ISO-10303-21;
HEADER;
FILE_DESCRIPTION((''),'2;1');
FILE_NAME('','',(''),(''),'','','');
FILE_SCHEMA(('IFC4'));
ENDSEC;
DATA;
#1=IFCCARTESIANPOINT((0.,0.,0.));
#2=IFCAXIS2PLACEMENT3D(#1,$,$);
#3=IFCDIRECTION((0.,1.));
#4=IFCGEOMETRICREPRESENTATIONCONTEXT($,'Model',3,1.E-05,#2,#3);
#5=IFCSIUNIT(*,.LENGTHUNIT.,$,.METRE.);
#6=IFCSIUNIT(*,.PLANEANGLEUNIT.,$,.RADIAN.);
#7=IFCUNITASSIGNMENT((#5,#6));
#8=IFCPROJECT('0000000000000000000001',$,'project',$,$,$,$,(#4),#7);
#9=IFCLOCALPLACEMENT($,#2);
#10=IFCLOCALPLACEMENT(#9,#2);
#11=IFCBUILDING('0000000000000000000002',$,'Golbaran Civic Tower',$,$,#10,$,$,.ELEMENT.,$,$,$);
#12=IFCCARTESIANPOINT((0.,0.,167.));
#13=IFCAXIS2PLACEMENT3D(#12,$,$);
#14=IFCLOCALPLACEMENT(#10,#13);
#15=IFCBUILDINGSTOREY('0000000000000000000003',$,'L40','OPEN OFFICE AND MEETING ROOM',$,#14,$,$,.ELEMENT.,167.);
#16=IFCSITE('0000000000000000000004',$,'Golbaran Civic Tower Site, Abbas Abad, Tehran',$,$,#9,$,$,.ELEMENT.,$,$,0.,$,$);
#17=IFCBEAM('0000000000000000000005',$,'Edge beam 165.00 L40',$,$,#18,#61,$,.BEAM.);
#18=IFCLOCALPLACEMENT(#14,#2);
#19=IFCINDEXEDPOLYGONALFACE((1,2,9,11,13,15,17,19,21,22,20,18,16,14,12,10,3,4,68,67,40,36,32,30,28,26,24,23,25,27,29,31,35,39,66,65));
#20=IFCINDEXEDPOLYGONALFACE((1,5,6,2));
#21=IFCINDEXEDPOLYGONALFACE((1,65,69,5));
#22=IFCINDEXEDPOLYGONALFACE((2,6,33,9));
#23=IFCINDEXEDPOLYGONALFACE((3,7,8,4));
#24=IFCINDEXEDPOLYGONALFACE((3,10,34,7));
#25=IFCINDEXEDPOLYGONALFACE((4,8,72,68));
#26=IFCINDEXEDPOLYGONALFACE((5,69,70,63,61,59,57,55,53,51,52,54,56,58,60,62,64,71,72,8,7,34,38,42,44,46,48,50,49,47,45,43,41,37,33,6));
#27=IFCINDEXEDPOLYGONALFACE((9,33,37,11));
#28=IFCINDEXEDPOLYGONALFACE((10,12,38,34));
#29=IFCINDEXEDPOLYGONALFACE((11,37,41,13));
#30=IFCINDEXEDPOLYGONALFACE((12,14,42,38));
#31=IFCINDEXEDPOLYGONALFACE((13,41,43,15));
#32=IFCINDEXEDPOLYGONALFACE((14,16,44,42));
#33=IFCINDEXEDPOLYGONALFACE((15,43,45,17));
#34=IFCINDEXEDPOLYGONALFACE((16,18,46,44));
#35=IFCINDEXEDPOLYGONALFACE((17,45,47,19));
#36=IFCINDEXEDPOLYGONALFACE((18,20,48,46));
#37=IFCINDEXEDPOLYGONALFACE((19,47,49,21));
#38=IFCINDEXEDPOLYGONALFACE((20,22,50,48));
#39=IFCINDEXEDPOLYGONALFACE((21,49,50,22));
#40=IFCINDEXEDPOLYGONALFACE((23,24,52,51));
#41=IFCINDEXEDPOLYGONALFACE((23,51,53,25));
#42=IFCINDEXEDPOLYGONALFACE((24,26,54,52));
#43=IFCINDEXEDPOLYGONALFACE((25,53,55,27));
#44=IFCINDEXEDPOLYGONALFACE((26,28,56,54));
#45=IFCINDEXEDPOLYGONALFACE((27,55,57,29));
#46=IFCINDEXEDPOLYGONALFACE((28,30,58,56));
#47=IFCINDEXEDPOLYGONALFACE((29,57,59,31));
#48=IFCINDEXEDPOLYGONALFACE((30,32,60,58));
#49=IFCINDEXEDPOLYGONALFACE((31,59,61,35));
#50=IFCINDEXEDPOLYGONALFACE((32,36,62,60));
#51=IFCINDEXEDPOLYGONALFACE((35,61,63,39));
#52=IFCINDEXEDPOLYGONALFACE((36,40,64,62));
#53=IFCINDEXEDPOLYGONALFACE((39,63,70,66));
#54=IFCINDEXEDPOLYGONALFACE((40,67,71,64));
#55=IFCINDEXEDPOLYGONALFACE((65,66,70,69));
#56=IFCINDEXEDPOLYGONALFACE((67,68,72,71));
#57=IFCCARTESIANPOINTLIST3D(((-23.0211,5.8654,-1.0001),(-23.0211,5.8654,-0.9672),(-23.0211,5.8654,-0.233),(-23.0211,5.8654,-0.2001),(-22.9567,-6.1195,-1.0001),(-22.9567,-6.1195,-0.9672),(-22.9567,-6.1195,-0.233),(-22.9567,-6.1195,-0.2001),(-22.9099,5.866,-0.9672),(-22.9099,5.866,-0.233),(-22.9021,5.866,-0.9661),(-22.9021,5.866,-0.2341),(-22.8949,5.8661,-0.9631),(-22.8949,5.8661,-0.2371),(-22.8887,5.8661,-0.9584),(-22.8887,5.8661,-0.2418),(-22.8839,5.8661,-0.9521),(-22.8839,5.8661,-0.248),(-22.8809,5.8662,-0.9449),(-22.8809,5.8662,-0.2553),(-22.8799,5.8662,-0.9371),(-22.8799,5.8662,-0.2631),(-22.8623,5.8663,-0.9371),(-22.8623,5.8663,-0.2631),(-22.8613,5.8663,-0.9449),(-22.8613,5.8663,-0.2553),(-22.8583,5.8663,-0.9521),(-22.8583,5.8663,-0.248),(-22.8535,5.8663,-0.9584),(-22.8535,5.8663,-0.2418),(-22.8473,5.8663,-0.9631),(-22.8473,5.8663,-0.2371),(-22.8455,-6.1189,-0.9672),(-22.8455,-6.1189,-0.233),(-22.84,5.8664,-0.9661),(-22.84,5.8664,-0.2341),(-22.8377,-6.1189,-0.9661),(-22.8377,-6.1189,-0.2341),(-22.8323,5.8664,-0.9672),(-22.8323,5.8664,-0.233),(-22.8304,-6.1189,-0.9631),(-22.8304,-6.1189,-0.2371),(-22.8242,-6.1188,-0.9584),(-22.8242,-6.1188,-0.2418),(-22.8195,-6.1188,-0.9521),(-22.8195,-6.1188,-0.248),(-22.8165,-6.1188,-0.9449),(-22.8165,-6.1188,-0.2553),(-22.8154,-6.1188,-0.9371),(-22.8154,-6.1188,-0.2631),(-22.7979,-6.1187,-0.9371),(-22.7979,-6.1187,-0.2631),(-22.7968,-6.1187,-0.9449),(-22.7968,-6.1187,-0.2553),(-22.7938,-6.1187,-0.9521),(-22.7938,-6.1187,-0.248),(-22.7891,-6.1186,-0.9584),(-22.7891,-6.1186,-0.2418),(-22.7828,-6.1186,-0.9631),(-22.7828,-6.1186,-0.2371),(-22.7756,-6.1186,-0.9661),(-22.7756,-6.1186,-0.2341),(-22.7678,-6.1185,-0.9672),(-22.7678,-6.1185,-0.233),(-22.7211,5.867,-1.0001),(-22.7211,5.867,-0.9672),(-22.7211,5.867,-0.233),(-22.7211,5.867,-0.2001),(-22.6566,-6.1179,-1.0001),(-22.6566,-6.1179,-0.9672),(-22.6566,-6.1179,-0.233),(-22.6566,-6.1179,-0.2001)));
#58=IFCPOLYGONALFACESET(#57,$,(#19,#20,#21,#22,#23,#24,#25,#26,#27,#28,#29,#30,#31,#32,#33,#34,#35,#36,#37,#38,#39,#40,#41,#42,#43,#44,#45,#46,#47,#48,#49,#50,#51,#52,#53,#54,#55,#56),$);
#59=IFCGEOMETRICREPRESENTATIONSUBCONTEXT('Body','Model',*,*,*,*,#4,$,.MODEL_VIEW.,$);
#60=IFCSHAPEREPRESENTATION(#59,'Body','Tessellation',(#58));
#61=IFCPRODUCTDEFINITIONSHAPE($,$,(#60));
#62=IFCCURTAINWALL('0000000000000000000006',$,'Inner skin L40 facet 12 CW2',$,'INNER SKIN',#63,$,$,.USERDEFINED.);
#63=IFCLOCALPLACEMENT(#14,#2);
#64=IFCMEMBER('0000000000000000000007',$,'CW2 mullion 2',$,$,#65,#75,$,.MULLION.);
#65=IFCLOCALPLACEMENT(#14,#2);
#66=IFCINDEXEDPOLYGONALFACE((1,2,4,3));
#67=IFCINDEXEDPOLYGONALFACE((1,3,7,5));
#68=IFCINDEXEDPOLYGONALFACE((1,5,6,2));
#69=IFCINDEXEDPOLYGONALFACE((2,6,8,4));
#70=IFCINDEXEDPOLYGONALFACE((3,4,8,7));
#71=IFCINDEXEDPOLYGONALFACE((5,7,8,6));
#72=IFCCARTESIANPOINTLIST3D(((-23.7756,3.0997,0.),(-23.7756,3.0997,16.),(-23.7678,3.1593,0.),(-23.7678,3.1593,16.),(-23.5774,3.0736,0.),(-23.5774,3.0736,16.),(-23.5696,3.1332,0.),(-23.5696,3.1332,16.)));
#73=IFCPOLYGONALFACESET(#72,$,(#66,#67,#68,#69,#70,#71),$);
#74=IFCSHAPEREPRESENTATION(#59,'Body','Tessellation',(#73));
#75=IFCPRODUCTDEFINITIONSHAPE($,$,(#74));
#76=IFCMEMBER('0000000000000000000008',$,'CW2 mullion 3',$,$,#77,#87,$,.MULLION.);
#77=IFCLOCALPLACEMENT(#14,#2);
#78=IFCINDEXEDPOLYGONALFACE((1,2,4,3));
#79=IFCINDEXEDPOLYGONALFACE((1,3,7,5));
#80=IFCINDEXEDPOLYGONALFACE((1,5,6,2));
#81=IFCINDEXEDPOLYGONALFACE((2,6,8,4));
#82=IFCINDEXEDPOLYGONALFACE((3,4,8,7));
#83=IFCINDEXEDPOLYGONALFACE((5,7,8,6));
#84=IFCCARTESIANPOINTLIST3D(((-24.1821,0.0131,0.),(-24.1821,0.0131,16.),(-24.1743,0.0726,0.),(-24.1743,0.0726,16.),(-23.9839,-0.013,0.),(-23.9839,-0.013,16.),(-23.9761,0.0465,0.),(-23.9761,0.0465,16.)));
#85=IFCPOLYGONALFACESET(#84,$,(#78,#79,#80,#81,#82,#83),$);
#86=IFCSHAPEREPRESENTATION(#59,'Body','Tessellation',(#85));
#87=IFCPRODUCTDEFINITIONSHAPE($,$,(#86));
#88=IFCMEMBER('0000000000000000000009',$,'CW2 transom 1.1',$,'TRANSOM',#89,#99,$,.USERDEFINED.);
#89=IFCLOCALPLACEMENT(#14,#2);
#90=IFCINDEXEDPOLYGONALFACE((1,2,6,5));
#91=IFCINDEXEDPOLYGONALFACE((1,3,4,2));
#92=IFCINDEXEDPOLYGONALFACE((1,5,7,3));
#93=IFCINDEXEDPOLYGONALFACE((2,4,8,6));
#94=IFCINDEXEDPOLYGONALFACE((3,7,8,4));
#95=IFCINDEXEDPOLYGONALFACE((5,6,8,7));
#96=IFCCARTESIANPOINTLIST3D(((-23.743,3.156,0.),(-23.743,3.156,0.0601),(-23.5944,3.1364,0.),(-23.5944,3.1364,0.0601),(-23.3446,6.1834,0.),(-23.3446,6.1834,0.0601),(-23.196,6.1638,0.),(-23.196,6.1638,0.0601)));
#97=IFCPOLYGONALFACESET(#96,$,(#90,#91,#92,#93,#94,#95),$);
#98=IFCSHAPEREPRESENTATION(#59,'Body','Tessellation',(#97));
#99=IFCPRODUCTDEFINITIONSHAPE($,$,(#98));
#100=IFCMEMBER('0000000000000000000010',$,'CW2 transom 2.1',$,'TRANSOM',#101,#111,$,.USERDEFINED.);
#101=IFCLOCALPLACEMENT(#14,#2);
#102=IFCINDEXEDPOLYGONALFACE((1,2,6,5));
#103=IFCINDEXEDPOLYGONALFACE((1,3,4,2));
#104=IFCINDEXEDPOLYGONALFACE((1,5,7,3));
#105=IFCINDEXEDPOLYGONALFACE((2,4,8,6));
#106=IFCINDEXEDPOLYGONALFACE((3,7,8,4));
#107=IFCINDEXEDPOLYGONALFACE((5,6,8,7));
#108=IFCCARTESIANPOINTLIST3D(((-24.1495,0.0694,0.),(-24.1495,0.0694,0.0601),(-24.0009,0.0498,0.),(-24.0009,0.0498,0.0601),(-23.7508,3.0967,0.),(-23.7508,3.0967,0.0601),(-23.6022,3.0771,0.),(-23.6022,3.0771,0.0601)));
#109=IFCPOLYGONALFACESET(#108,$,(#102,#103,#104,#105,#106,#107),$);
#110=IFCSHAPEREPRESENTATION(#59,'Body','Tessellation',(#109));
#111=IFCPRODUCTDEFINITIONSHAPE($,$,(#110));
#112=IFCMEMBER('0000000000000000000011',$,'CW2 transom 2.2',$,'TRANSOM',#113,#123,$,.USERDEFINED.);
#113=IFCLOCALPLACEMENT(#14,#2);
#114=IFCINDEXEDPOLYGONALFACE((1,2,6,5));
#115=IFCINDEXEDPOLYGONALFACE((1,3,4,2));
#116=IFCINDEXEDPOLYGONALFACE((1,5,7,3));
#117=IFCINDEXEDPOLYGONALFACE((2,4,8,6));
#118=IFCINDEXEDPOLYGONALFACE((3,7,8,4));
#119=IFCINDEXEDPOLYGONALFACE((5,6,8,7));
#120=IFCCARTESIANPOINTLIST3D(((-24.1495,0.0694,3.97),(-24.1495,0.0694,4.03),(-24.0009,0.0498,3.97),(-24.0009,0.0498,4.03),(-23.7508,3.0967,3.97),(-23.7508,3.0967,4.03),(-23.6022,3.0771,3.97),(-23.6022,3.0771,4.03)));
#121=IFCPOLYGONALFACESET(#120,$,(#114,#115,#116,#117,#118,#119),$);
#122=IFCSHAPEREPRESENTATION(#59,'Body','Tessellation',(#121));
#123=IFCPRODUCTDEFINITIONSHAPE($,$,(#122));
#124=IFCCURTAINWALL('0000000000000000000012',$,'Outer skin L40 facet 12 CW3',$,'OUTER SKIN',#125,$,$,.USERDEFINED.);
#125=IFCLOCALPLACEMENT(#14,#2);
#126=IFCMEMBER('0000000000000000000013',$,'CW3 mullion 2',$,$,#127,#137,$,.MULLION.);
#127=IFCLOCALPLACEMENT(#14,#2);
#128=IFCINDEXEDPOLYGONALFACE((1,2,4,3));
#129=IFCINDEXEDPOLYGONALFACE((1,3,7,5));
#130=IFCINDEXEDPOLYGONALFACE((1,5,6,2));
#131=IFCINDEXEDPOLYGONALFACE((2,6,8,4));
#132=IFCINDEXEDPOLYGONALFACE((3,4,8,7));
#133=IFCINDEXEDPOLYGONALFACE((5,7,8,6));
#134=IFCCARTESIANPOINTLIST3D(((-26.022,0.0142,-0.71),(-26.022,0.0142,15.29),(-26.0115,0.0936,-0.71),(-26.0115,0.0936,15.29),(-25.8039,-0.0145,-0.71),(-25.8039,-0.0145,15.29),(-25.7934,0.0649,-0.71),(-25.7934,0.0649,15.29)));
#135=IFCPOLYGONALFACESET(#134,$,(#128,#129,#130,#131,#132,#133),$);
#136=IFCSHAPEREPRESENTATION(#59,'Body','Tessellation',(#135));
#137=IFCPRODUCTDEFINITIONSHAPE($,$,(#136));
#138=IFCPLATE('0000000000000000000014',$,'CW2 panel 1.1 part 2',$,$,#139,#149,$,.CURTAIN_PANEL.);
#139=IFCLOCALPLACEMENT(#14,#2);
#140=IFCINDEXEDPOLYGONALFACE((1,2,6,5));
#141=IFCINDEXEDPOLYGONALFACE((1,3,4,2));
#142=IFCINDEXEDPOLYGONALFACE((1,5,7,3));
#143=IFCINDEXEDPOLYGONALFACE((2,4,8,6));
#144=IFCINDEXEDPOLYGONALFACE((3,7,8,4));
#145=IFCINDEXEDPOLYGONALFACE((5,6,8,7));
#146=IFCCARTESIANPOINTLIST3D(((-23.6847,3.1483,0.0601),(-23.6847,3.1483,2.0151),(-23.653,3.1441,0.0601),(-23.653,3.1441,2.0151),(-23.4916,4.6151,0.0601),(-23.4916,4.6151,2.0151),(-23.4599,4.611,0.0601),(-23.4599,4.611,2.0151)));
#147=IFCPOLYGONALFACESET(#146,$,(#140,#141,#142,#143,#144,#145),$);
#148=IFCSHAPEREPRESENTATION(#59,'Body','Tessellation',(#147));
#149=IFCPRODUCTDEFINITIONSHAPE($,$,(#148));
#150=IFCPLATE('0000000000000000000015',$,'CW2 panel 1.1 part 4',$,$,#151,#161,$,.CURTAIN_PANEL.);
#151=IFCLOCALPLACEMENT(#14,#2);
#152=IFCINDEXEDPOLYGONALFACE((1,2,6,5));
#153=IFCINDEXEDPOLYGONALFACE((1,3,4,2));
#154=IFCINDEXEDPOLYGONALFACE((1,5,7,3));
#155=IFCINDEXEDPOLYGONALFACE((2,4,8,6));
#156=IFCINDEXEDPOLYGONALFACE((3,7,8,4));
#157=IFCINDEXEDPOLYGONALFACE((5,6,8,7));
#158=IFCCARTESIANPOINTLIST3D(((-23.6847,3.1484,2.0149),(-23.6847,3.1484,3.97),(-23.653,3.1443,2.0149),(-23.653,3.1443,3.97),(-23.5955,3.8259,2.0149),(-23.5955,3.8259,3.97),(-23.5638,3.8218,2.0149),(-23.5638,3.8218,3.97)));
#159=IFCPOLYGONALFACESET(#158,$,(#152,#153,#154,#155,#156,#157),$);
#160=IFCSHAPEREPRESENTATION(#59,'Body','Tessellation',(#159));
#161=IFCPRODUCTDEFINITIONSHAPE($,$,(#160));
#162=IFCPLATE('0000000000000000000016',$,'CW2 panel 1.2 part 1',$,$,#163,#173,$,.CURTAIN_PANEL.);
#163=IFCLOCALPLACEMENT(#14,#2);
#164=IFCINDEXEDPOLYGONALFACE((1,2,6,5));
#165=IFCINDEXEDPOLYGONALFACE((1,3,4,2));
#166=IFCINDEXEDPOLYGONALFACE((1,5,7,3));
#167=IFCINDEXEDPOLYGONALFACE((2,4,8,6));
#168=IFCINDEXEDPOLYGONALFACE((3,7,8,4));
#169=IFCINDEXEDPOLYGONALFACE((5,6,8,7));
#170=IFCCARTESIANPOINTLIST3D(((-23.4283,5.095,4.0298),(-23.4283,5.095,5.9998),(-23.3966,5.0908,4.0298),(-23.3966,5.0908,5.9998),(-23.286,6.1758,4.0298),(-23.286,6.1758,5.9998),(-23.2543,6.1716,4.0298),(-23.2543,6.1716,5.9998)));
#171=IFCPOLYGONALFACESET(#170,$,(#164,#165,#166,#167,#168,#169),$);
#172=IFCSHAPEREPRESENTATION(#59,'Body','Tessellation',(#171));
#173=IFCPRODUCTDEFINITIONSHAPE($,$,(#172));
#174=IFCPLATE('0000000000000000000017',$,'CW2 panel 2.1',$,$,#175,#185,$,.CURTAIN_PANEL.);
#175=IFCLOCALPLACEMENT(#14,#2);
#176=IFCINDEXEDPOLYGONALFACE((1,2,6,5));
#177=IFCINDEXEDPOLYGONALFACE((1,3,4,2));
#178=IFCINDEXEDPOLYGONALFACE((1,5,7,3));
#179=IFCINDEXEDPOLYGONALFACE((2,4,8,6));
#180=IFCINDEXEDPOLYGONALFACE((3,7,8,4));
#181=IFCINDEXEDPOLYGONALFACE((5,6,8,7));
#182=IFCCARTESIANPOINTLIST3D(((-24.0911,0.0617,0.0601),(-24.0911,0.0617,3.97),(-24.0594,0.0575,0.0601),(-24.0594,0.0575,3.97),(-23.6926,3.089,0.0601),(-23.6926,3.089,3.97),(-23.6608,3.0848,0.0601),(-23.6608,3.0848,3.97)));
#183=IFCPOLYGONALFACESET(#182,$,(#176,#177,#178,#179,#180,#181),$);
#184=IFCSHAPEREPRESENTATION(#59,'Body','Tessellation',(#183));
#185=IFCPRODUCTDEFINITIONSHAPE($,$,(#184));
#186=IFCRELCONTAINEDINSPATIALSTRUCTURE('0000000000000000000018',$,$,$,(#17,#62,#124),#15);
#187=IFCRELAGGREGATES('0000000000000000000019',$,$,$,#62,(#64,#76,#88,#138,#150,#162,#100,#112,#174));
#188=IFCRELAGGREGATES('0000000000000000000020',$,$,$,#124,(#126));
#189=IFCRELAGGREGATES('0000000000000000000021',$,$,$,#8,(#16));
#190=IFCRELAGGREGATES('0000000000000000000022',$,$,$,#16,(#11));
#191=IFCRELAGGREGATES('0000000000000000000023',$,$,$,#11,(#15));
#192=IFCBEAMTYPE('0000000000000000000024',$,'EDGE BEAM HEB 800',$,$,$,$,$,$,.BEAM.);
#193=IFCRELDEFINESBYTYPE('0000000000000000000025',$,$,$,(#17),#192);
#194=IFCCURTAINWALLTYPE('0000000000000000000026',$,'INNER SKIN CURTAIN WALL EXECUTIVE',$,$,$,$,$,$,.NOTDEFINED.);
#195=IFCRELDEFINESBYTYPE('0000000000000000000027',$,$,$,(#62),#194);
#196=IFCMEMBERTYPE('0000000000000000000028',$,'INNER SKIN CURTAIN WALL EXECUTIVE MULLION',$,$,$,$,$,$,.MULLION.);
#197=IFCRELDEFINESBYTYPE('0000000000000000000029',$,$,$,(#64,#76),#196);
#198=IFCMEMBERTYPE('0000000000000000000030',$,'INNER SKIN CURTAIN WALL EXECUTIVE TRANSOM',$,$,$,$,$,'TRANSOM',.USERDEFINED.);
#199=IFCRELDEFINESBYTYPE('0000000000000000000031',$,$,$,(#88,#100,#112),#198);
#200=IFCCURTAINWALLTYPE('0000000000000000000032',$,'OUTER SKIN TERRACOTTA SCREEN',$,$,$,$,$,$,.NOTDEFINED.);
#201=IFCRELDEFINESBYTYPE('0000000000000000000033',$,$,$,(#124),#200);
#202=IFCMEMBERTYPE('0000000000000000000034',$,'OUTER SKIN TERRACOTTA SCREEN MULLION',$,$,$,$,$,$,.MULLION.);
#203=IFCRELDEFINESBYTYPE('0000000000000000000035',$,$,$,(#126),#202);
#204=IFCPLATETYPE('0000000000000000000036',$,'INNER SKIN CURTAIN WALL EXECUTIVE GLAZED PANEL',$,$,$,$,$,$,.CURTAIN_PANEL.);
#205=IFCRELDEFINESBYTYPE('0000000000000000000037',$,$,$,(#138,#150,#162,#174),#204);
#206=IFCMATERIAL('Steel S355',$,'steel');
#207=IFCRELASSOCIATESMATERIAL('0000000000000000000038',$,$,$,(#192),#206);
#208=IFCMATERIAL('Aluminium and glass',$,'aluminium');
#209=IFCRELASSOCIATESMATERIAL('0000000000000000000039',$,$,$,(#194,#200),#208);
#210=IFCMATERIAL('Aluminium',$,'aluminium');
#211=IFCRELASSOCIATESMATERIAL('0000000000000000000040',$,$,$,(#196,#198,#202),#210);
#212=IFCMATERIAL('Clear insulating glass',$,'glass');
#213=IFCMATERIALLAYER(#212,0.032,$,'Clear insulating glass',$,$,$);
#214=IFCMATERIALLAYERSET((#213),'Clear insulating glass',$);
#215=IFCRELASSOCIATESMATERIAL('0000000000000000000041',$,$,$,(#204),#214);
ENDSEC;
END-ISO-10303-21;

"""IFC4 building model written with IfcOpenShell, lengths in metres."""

from ifc_helpers import new_model, si_unit, direction, frame, origin, origin_2d, place, context, subcontext, project, spatial, rectangle, i_section, extrude, material, layer, layer_set, material_profile, profile_set, type_object, element, aggregate, save


model = new_model("IFC4")

# Units and contexts
model_context = context("Model", 3, precision=1e-05, world=origin(), true_north=direction((0.0, 1.0)))
body_context = subcontext(model_context, "Body", "Model", "MODEL_VIEW")
ifc_project = project(units=[si_unit("LENGTHUNIT", "METRE"), si_unit("PLANEANGLEUNIT", "RADIAN")], contexts=[model_context])

# Site, building, storey
site_placement = place(None, origin())
site = spatial("IfcSite", under=ifc_project, at=site_placement, Name="Golbaran Civic Tower Site, Abbas Abad, Tehran", CompositionType="ELEMENT", RefElevation=0.0)
building_placement = place(site_placement, origin())
building = spatial("IfcBuilding", under=site, at=building_placement, Name="Golbaran Civic Tower", CompositionType="ELEMENT")
storey_placement = place(building_placement, frame((0.0, 0.0, 167.0)))
storey = spatial("IfcBuildingStorey", under=building, at=storey_placement, Name="L40", Description="OPEN OFFICE AND MEETING ROOM", CompositionType="ELEMENT", Elevation=167.0)

# Beam
ifc_material_1 = material(Name="Steel S355", Category="steel")
ifc_material_profile_1 = material_profile(ifc_material_1, i_section(OverallWidth=0.3, OverallDepth=0.8, WebThickness=0.0176, FlangeThickness=0.033, FilletRadius=0.03, at=origin_2d()), Name="HEB 800")
ifc_profile_set_1 = profile_set([ifc_material_profile_1], Name="Steel S355")
beam_type = type_object("IfcBeamType", Name="EDGE BEAM HEB 800", PredefinedType="BEAM", material=ifc_profile_set_1)
beam_placement = place(storey_placement, frame((-22.8711, 5.8662, -0.6001), z_axis=(0.005378, -0.999986, 0.0), x_axis=(0.999986, 0.005378, 0.0)))
element("IfcBeam", 1, at=beam_placement, inside=storey, type_object=beam_type, Name="Edge beam 165.00 L40", PredefinedType="BEAM", context=body_context, shape_type="SweptSolid", body=[
    extrude(i_section(OverallWidth=0.3, OverallDepth=0.8, WebThickness=0.0176, FlangeThickness=0.033, FilletRadius=0.03, at=origin_2d()), origin(), (0.0, 0.0, 1.0), 11.9851),
])

# Curtain wall, members
ifc_material_2 = material(Name="Aluminium and glass", Category="aluminium")
curtain_wall_type_1 = type_object("IfcCurtainWallType", Name="INNER SKIN CURTAIN WALL EXECUTIVE", PredefinedType="NOTDEFINED", material=ifc_material_2)
curtain_wall_1_placement = place(storey_placement, origin())
curtain_wall_1 = element("IfcCurtainWall", 2, at=curtain_wall_1_placement, inside=storey, type_object=curtain_wall_type_1, Name="Inner skin L40 facet 12 CW2", ObjectType="INNER SKIN", PredefinedType="USERDEFINED")
ifc_material_3 = material(Name="Aluminium", Category="aluminium")
ifc_material_profile_2 = material_profile(ifc_material_3, rectangle(XDim=0.2, YDim=0.0601, at=origin_2d()), Name="INNER SKIN CURTAIN WALL EXECUTIVE MULLION")
ifc_profile_set_2 = profile_set([ifc_material_profile_2], Name="Aluminium")
member_type_1 = type_object("IfcMemberType", Name="INNER SKIN CURTAIN WALL EXECUTIVE MULLION", PredefinedType="MULLION", material=ifc_profile_set_2)
member_1_placement = place(storey_placement, frame((-23.6726, 3.1165, 0.0), z_axis=(0.0, 0.0, 1.0), x_axis=(0.991445, -0.130526, 0.0)))
member_1 = element("IfcMember", 3, at=member_1_placement, type_object=member_type_1, Name="CW2 mullion 2", PredefinedType="MULLION", context=body_context, shape_type="SweptSolid", body=[
    extrude(rectangle(XDim=0.2, YDim=0.0601, at=origin_2d()), origin(), (0.0, 0.0, 1.0), 16.0),
])
member_2_placement = place(storey_placement, frame((-24.0791, 0.0298, 0.0), z_axis=(0.0, 0.0, 1.0), x_axis=(0.991445, -0.130526, 0.0)))
member_2 = element("IfcMember", 4, at=member_2_placement, type_object=member_type_1, Name="CW2 mullion 3", PredefinedType="MULLION", context=body_context, shape_type="SweptSolid", body=[
    extrude(rectangle(XDim=0.2, YDim=0.0601, at=origin_2d()), origin(), (0.0, 0.0, 1.0), 16.0),
])
ifc_material_profile_3 = material_profile(ifc_material_3, rectangle(XDim=0.1499, YDim=0.0601, at=origin_2d()), Name="INNER SKIN CURTAIN WALL EXECUTIVE TRANSOM")
ifc_profile_set_3 = profile_set([ifc_material_profile_3], Name="Aluminium")
member_type_2 = type_object("IfcMemberType", Name="INNER SKIN CURTAIN WALL EXECUTIVE TRANSOM", ElementType="TRANSOM", PredefinedType="USERDEFINED", material=ifc_profile_set_3)
member_3_placement = place(storey_placement, frame((-23.2703, 6.1736, 0.03), z_axis=(-0.130488, -0.99145, 0.0), x_axis=(0.99145, -0.130488, 0.0)))
member_3 = element("IfcMember", 5, at=member_3_placement, type_object=member_type_2, Name="CW2 transom 1.1", ObjectType="TRANSOM", PredefinedType="USERDEFINED", context=body_context, shape_type="SweptSolid", body=[
    extrude(rectangle(XDim=0.1499, YDim=0.0601, at=origin_2d()), origin(), (0.0, 0.0, 1.0), 3.0535),
])
member_4_placement = place(storey_placement, frame((-23.6765, 3.0869, 0.03), z_axis=(-0.130566, -0.99144, 0.0), x_axis=(0.99144, -0.130566, 0.0)))
member_4 = element("IfcMember", 6, at=member_4_placement, type_object=member_type_2, Name="CW2 transom 2.1", ObjectType="TRANSOM", PredefinedType="USERDEFINED", context=body_context, shape_type="SweptSolid", body=[
    extrude(rectangle(XDim=0.1499, YDim=0.0601, at=origin_2d()), origin(), (0.0, 0.0, 1.0), 3.0535),
])
member_5_placement = place(storey_placement, frame((-23.6765, 3.0869, 4.0), z_axis=(-0.130566, -0.99144, 0.0), x_axis=(0.99144, -0.130566, 0.0)))
member_5 = element("IfcMember", 7, at=member_5_placement, type_object=member_type_2, Name="CW2 transom 2.2", ObjectType="TRANSOM", PredefinedType="USERDEFINED", context=body_context, shape_type="SweptSolid", body=[
    extrude(rectangle(XDim=0.1499, YDim=0.0601, at=origin_2d()), origin(), (0.0, 0.0, 1.0), 3.0535),
])

# Curtain wall, member
curtain_wall_type_2 = type_object("IfcCurtainWallType", Name="OUTER SKIN TERRACOTTA SCREEN", PredefinedType="NOTDEFINED", material=ifc_material_2)
curtain_wall_2_placement = place(storey_placement, origin())
curtain_wall_2 = element("IfcCurtainWall", 8, at=curtain_wall_2_placement, inside=storey, type_object=curtain_wall_type_2, Name="Outer skin L40 facet 12 CW3", ObjectType="OUTER SKIN", PredefinedType="USERDEFINED")
ifc_material_profile_4 = material_profile(ifc_material_3, rectangle(XDim=0.22, YDim=0.0801, at=origin_2d()), Name="OUTER SKIN TERRACOTTA SCREEN MULLION")
ifc_profile_set_4 = profile_set([ifc_material_profile_4], Name="Aluminium")
member_type_3 = type_object("IfcMemberType", Name="OUTER SKIN TERRACOTTA SCREEN MULLION", PredefinedType="MULLION", material=ifc_profile_set_4)
member_6_placement = place(storey_placement, frame((-25.9077, 0.0396, -0.71), z_axis=(0.0, 0.0, 1.0), x_axis=(0.991445, -0.130526, 0.0)))
member_6 = element("IfcMember", 9, at=member_6_placement, type_object=member_type_3, Name="CW3 mullion 2", PredefinedType="MULLION", context=body_context, shape_type="SweptSolid", body=[
    extrude(rectangle(XDim=0.22, YDim=0.0801, at=origin_2d()), origin(), (0.0, 0.0, 1.0), 16.0),
])

# Plates
ifc_material_4 = material(Name="Clear insulating glass", Category="glass")
ifc_layer_1 = layer(ifc_material_4, 0.032, Name="Clear insulating glass")
ifc_layer_set_1 = layer_set([ifc_layer_1], Name="Clear insulating glass")
plate_type_1 = type_object("IfcPlateType", Name="INNER SKIN CURTAIN WALL EXECUTIVE GLAZED PANEL", PredefinedType="CURTAIN_PANEL", material=ifc_layer_set_1)
plate_1_placement = place(storey_placement, frame((-23.5723, 3.8796, 0.0601), z_axis=(0.0, 0.0, 1.0), x_axis=(-0.130526, -0.991445, 0.0)))
plate_1 = element("IfcPlate", 10, at=plate_1_placement, type_object=plate_type_1, Name="CW2 panel 1.1 part 2", PredefinedType="CURTAIN_PANEL", context=body_context, shape_type="SweptSolid", body=[
    extrude(rectangle(XDim=1.4795, YDim=0.032, at=origin_2d()), origin(), (0.0, 0.0, 1.0), 1.9551),
])
plate_2_placement = place(storey_placement, frame((-23.6243, 3.4851, 2.0149), z_axis=(0.0, 0.0, 1.0), x_axis=(-0.130526, -0.991445, 0.0)))
plate_2 = element("IfcPlate", 11, at=plate_2_placement, type_object=plate_type_1, Name="CW2 panel 1.1 part 4", PredefinedType="CURTAIN_PANEL", context=body_context, shape_type="SweptSolid", body=[
    extrude(rectangle(XDim=0.6833, YDim=0.032, at=origin_2d()), origin(), (0.0, 0.0, 1.0), 1.9551),
])
plate_3_placement = place(storey_placement, frame((-23.3413, 5.6333, 4.0298), z_axis=(0.0, 0.0, 1.0), x_axis=(-0.130526, -0.991445, 0.0)))
plate_3 = element("IfcPlate", 12, at=plate_3_placement, type_object=plate_type_1, Name="CW2 panel 1.2 part 1", PredefinedType="CURTAIN_PANEL", context=body_context, shape_type="SweptSolid", body=[
    extrude(rectangle(XDim=1.0901, YDim=0.032, at=origin_2d()), origin(), (0.0, 0.0, 1.0), 1.97),
])
plate_4_placement = place(storey_placement, frame((-23.876, 1.5732, 0.0601), z_axis=(0.0, 0.0, 1.0), x_axis=(-0.130526, -0.991445, 0.0)))
plate_4 = element("IfcPlate", 13, at=plate_4_placement, type_object=plate_type_1, Name="CW2 panel 2.1", PredefinedType="CURTAIN_PANEL", context=body_context, shape_type="SweptSolid", body=[
    extrude(rectangle(XDim=3.0535, YDim=0.032, at=origin_2d()), origin(), (0.0, 0.0, 1.0), 3.9099),
])
aggregate(curtain_wall_1, [member_1, member_2, member_3, plate_1, plate_2, plate_3, member_4, member_5, plate_4])
aggregate(curtain_wall_2, [member_6])

save(model, "model.ifc")
